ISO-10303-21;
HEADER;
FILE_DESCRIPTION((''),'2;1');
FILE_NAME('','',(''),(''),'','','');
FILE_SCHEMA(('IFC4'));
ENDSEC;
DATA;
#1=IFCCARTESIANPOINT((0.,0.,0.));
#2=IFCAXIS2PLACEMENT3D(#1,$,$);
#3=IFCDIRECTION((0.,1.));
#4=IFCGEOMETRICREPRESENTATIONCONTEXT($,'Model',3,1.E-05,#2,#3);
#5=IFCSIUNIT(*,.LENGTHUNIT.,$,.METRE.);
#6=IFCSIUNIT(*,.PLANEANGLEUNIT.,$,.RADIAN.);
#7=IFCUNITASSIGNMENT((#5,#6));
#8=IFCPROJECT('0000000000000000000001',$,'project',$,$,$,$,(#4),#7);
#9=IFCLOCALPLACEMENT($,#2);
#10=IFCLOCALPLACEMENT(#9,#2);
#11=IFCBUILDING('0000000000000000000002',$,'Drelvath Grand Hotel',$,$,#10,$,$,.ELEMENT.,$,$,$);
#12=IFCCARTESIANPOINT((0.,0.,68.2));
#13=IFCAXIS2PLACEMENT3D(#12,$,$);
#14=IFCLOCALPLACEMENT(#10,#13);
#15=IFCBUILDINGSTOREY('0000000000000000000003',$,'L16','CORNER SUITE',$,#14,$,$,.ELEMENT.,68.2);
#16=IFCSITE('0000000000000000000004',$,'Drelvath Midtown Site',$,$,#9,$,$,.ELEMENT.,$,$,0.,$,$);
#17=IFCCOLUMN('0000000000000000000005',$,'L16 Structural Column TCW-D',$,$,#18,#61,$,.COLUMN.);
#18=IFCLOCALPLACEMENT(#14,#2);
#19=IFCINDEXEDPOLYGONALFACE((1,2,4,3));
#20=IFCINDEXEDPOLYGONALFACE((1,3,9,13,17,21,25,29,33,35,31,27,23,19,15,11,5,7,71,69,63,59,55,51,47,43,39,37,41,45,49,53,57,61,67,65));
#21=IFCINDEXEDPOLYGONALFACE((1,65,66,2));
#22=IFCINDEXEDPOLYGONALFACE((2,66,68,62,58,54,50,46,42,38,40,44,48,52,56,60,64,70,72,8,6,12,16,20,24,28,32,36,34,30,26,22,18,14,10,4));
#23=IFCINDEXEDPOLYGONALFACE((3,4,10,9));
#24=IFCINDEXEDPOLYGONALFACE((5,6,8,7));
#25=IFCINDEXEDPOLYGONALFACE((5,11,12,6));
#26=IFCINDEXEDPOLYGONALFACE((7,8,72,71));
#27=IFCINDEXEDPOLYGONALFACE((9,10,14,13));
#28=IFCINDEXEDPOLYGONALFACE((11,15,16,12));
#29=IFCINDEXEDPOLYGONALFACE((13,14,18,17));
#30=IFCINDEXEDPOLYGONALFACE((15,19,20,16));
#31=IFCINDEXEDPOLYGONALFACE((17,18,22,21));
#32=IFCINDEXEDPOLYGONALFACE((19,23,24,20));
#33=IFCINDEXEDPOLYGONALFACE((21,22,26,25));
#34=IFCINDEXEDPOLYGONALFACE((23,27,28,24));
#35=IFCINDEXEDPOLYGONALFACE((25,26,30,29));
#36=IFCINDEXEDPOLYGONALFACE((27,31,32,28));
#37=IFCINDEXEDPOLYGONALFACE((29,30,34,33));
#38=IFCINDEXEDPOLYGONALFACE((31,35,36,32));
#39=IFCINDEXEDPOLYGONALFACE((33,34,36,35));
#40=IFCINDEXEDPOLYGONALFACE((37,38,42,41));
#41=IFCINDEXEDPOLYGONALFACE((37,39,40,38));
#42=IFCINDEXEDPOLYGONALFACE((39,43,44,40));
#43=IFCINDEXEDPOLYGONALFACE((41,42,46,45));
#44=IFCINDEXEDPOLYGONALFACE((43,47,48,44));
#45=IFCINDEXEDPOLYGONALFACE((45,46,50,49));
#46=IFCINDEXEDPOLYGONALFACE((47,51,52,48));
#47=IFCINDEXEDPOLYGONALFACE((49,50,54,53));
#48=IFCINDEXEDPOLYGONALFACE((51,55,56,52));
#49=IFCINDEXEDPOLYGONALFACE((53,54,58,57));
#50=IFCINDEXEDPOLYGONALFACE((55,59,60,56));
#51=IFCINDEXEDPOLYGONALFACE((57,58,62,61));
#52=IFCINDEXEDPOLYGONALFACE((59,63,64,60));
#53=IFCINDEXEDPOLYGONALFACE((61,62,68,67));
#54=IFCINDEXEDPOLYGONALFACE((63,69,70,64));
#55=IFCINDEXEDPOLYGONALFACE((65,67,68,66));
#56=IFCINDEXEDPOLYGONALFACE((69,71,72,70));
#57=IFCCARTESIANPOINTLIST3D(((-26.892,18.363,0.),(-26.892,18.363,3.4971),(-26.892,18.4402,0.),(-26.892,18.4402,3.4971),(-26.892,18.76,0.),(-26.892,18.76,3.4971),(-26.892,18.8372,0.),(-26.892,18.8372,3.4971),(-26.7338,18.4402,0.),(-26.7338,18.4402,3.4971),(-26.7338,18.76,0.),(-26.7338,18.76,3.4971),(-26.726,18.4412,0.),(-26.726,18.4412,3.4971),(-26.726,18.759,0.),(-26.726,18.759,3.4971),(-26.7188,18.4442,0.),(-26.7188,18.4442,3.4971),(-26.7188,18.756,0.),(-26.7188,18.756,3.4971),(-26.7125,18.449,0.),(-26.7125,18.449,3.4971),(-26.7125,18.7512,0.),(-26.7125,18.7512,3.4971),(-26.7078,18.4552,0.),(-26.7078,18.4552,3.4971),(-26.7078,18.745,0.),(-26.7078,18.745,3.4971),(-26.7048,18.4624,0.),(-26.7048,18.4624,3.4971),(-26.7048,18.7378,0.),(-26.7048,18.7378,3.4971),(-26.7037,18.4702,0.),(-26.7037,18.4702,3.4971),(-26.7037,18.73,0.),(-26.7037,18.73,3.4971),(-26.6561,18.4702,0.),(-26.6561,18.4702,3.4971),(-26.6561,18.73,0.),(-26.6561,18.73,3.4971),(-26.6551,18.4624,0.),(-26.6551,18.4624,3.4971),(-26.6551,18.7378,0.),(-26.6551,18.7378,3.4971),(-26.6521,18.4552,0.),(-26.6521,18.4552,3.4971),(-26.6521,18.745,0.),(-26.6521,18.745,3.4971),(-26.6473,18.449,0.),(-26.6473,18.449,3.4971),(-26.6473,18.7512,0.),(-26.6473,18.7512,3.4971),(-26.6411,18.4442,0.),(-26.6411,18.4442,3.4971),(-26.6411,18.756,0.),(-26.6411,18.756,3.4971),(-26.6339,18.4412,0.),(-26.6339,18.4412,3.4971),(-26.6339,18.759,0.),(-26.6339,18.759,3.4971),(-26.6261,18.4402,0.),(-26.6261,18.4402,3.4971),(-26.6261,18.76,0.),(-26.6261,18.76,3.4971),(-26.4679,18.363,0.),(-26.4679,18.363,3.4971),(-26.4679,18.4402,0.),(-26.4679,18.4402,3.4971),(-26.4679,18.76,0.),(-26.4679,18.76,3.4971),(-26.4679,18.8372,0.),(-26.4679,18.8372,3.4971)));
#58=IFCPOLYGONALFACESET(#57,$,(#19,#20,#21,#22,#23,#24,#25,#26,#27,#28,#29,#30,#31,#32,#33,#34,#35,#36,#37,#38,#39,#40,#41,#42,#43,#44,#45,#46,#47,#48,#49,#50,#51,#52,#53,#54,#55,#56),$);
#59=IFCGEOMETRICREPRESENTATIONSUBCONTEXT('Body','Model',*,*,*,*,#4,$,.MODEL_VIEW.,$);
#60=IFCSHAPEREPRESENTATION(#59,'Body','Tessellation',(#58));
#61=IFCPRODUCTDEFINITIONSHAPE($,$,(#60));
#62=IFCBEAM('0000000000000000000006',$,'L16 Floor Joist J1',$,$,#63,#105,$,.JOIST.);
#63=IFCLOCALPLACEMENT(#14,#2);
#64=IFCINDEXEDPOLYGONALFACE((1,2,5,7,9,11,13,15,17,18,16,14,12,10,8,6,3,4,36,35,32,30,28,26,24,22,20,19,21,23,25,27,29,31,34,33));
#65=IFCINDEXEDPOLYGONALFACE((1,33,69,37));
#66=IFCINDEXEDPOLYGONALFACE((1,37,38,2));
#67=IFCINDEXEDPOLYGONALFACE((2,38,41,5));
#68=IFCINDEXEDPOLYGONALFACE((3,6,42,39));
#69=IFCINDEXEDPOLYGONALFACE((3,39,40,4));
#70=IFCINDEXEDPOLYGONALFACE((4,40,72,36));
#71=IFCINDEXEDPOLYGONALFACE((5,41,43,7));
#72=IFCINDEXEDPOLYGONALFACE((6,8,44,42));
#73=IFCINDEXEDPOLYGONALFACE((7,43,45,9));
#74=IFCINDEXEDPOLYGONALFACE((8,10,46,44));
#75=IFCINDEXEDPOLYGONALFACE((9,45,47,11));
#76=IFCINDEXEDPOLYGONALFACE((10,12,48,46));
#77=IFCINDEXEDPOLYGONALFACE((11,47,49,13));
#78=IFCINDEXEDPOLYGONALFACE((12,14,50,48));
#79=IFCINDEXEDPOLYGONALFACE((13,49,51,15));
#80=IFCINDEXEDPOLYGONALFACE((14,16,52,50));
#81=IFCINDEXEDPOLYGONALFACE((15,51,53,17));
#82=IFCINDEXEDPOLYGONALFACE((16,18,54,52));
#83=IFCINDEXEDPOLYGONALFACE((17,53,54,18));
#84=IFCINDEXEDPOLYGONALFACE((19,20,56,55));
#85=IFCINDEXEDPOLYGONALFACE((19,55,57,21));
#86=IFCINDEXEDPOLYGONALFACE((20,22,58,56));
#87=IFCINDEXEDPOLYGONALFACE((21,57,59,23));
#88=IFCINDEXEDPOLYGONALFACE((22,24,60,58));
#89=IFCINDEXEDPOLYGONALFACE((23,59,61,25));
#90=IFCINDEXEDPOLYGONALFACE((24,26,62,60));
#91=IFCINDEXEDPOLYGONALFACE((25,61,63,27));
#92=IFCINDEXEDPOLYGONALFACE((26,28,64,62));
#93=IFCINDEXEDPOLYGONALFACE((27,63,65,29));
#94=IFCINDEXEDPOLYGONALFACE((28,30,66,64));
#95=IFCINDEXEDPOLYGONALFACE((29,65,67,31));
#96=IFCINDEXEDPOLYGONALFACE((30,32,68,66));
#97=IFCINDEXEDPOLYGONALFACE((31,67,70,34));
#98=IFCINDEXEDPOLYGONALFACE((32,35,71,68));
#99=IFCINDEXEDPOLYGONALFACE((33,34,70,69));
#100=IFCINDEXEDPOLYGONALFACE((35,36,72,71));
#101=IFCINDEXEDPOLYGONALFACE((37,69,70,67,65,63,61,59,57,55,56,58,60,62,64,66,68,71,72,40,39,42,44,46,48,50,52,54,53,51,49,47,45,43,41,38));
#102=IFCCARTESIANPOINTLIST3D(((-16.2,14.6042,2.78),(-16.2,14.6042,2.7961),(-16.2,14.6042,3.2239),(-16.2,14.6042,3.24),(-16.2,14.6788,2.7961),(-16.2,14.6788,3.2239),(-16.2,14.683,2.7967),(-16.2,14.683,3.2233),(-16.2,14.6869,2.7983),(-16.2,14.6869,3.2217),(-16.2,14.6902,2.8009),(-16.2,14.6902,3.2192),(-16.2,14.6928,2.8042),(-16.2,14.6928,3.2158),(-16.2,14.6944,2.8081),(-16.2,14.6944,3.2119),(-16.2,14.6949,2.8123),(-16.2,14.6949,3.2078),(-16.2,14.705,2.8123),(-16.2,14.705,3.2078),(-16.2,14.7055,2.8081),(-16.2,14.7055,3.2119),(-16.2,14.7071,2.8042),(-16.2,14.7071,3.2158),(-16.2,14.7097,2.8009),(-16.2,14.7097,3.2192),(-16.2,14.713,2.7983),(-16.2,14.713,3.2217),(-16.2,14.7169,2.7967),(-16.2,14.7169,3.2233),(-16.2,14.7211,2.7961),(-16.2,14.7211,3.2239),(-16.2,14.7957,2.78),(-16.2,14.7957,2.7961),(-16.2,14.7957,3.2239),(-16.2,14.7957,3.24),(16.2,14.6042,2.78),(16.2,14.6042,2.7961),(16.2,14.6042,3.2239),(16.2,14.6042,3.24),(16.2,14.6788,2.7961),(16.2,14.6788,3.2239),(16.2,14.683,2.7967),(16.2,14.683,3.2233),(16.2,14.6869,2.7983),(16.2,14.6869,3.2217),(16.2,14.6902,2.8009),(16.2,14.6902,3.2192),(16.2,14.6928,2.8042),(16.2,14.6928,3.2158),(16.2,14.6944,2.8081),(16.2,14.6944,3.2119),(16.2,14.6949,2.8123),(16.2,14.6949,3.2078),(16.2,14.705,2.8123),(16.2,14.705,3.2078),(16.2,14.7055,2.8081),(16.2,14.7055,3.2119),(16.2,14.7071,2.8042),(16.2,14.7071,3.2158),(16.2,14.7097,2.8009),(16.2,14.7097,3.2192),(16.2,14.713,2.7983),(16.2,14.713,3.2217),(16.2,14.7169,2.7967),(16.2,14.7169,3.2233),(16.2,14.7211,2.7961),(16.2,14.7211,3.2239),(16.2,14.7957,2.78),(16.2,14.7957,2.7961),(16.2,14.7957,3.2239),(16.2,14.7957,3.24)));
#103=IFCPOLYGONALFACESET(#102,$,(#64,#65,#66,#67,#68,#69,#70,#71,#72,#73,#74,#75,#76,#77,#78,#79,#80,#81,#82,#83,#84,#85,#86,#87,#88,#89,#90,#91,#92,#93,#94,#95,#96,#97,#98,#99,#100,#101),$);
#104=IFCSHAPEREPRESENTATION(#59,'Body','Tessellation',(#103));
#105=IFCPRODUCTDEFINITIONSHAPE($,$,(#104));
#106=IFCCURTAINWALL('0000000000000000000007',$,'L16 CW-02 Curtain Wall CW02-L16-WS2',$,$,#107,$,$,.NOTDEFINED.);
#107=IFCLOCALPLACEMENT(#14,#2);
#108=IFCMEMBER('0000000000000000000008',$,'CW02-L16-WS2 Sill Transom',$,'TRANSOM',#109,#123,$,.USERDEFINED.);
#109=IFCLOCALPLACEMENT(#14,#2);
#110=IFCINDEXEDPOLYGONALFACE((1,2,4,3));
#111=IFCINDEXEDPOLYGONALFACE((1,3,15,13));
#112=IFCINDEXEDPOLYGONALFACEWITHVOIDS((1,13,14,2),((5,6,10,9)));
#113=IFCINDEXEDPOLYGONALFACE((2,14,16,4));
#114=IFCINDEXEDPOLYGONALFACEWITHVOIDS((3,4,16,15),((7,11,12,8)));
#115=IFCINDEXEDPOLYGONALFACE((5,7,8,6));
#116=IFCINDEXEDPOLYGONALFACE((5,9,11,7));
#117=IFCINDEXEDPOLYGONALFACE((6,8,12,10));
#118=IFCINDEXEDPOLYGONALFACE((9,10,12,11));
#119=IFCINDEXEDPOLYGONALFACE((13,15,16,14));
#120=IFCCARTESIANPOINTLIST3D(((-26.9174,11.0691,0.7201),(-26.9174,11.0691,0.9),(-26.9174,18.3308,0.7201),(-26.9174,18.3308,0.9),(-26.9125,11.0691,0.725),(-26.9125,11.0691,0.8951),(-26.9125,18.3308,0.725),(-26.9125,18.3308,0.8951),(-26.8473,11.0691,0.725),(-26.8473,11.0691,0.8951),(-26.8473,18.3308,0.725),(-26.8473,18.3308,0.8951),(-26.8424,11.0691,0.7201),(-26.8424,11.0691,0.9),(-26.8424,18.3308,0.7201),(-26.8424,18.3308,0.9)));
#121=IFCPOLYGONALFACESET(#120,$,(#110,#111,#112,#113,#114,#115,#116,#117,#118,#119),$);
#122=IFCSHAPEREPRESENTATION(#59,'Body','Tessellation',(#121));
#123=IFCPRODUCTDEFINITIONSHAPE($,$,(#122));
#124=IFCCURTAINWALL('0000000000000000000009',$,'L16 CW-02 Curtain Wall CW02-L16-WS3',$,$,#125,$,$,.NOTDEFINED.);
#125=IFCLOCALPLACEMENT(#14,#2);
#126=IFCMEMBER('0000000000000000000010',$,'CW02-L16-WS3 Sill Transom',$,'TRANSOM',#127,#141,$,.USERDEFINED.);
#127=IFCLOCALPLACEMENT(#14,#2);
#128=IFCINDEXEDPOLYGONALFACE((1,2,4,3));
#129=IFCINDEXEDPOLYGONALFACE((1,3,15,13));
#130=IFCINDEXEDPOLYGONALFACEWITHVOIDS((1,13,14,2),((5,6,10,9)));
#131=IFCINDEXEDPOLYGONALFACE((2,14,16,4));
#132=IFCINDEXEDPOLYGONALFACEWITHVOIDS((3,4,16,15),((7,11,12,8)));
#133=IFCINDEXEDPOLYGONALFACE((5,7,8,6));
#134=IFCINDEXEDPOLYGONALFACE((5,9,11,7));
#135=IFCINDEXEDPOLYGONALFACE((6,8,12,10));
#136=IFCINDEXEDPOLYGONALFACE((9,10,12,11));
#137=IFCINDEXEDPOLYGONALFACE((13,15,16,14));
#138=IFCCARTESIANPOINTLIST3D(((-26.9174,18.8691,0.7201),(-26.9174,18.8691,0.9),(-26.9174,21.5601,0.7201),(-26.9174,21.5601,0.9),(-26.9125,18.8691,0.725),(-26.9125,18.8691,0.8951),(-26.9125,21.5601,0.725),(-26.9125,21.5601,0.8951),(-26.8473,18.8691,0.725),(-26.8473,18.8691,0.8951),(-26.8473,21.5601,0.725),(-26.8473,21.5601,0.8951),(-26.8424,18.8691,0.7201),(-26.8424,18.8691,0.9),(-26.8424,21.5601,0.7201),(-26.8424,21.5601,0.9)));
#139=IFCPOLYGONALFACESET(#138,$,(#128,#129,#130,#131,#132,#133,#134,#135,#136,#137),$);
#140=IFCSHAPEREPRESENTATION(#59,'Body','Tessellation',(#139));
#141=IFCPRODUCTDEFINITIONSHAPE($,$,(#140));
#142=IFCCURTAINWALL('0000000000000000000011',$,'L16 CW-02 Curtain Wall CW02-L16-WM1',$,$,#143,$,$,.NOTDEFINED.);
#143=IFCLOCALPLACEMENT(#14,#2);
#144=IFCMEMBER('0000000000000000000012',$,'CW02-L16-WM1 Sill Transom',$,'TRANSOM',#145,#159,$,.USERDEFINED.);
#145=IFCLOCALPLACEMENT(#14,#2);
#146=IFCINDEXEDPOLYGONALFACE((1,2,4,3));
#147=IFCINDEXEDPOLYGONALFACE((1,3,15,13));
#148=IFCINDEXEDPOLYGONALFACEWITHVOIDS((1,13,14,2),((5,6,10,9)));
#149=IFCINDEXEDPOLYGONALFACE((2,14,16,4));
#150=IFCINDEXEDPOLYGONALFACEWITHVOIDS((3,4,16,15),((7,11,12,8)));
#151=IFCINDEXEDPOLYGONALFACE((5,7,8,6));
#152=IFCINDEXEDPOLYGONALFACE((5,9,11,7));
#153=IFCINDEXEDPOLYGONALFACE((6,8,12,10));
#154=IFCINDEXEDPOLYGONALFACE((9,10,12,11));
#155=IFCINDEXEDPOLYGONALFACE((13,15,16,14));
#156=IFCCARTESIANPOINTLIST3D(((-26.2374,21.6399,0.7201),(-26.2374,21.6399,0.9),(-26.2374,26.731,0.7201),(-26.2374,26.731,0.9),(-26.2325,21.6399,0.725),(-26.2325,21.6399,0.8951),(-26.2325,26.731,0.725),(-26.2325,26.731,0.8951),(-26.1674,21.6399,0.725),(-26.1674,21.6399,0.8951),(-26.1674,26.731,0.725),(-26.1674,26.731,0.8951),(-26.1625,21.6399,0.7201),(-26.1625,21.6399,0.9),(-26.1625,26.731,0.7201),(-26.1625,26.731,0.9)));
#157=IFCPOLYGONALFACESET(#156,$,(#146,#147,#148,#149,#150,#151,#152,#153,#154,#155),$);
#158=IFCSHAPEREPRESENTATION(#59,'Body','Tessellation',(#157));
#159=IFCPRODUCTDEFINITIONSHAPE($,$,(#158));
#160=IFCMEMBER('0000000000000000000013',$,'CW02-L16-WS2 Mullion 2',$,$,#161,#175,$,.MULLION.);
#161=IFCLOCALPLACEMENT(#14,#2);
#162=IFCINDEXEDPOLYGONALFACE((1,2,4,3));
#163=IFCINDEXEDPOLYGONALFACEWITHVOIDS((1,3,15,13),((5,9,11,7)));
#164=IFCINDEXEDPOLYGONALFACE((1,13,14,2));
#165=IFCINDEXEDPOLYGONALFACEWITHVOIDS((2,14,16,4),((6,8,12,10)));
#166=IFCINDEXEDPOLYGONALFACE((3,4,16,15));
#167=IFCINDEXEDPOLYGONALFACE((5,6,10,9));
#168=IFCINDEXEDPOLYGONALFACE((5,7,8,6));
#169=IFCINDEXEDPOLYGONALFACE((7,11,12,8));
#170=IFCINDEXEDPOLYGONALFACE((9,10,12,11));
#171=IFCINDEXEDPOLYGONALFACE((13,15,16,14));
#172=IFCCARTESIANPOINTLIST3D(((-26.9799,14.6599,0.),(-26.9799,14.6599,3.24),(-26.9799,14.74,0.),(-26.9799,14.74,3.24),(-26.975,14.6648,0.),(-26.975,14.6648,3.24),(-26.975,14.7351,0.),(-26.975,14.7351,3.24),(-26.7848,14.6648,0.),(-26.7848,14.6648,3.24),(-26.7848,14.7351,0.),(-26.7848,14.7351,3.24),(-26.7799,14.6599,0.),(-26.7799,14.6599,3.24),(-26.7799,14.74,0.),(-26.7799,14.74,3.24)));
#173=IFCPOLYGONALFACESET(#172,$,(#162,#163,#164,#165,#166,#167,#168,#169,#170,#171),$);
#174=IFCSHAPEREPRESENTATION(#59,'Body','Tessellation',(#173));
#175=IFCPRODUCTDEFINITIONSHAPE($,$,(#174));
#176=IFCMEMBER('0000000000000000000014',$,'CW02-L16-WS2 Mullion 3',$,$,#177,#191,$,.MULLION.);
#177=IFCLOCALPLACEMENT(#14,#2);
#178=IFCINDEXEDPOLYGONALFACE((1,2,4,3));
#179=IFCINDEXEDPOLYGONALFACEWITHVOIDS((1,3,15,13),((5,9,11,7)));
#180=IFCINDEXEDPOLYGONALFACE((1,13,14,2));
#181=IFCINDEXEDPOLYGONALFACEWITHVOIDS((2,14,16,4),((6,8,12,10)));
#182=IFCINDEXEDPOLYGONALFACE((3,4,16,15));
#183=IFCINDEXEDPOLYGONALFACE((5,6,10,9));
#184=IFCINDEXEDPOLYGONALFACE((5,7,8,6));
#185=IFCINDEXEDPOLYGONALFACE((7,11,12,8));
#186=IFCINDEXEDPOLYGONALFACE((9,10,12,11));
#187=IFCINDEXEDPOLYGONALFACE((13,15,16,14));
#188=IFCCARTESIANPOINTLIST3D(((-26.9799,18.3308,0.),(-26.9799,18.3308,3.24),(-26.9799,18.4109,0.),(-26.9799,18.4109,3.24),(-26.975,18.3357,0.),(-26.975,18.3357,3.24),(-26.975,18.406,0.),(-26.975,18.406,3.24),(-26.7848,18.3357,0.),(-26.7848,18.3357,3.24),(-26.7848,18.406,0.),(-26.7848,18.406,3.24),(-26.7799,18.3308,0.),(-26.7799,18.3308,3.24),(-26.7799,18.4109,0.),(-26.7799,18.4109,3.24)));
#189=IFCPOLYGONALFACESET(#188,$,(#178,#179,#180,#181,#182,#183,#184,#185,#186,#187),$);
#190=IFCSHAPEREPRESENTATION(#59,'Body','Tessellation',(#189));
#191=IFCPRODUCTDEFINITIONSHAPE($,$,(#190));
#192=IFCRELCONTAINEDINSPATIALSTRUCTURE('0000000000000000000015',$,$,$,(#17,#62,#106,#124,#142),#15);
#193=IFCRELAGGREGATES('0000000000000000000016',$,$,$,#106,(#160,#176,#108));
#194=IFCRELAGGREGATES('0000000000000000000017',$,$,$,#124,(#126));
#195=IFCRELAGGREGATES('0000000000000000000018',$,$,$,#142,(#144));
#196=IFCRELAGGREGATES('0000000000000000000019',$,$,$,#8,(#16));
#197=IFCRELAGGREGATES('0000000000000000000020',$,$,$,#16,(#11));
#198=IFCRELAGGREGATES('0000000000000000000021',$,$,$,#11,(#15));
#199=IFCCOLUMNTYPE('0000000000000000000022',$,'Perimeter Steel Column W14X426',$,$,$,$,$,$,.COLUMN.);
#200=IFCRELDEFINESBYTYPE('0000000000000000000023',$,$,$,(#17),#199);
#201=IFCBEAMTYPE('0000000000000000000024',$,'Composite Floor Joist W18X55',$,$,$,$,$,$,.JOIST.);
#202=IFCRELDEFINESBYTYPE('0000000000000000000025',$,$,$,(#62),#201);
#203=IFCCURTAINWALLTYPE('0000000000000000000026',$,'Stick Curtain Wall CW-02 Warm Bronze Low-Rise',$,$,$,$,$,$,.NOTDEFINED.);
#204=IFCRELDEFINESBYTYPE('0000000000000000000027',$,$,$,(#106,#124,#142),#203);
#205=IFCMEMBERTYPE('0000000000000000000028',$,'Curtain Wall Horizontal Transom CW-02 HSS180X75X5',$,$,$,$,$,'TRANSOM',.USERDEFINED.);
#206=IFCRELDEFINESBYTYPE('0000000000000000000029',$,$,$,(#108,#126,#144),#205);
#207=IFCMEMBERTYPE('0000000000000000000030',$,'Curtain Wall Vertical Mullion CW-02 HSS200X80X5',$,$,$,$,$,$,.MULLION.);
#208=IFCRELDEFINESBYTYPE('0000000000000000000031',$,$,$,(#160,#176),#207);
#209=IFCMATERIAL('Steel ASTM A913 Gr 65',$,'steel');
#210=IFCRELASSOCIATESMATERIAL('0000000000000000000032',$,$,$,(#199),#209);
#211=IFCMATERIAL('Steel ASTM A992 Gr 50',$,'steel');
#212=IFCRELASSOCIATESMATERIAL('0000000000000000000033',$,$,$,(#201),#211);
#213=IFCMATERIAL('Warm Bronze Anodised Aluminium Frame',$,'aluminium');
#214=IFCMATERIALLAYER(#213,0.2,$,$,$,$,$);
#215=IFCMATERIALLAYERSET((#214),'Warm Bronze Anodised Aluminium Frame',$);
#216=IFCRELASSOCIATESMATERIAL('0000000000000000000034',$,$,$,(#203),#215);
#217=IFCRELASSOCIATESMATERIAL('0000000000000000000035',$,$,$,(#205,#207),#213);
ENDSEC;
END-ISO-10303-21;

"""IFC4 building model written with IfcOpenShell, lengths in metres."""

from ifc_helpers import new_model, si_unit, direction, frame, origin, origin_2d, place, context, subcontext, project, spatial, hollow_rectangle, i_section, extrude, material, layer, layer_set, material_profile, profile_set, type_object, element, aggregate, save


model = new_model("IFC4")

# Units and contexts
model_context = context("Model", 3, precision=1e-05, world=origin(), true_north=direction((0.0, 1.0)))
body_context = subcontext(model_context, "Body", "Model", "MODEL_VIEW")
ifc_project = project(units=[si_unit("LENGTHUNIT", "METRE"), si_unit("PLANEANGLEUNIT", "RADIAN")], contexts=[model_context])

# Site, building, storey
site_placement = place(None, origin())
site = spatial("IfcSite", under=ifc_project, at=site_placement, Name="Drelvath Midtown Site", CompositionType="ELEMENT", RefElevation=0.0)
building_placement = place(site_placement, origin())
building = spatial("IfcBuilding", under=site, at=building_placement, Name="Drelvath Grand Hotel", CompositionType="ELEMENT")
storey_placement = place(building_placement, frame((0.0, 0.0, 68.2)))
storey = spatial("IfcBuildingStorey", under=building, at=storey_placement, Name="L16", Description="CORNER SUITE", CompositionType="ELEMENT", Elevation=68.2)

# Column
ifc_material_1 = material(Name="Steel ASTM A913 Gr 65", Category="steel")
ifc_material_profile_1 = material_profile(ifc_material_1, i_section(OverallWidth=0.4241, OverallDepth=0.4741, WebThickness=0.0476, FlangeThickness=0.0771, FilletRadius=0.03, at=origin_2d()), Name="W14X426")
ifc_profile_set_1 = profile_set([ifc_material_profile_1], Name="Steel ASTM A913 Gr 65")
column_type = type_object("IfcColumnType", Name="Perimeter Steel Column W14X426", PredefinedType="COLUMN", material=ifc_profile_set_1)
column_placement = place(storey_placement, frame((-26.6799, 18.6001, 0.0), z_axis=(0.0, 0.0, 1.0), x_axis=(1.0, 0.0, 0.0)))
element("IfcColumn", 1, at=column_placement, inside=storey, type_object=column_type, Name="L16 Structural Column TCW-D", PredefinedType="COLUMN", context=body_context, shape_type="SweptSolid", body=[
    extrude(i_section(OverallWidth=0.4241, OverallDepth=0.4741, WebThickness=0.0476, FlangeThickness=0.0771, FilletRadius=0.03, at=origin_2d()), origin(), (0.0, 0.0, 1.0), 3.4971),
])

# Beam
ifc_material_2 = material(Name="Steel ASTM A992 Gr 50", Category="steel")
ifc_material_profile_2 = material_profile(ifc_material_2, i_section(OverallWidth=0.1914, OverallDepth=0.46, WebThickness=0.01, FlangeThickness=0.0161, FilletRadius=0.0161, at=origin_2d()), Name="W18X55")
ifc_profile_set_2 = profile_set([ifc_material_profile_2], Name="Steel ASTM A992 Gr 50")
beam_type_1 = type_object("IfcBeamType", Name="Composite Floor Joist W18X55", PredefinedType="JOIST", material=ifc_profile_set_2)
beam_1_placement = place(storey_placement, frame((-16.2, 14.7, 3.01), z_axis=(1.0, 0.0, 0.0), x_axis=(0.0, 1.0, 0.0)))
element("IfcBeam", 2, at=beam_1_placement, inside=storey, type_object=beam_type_1, Name="L16 Floor Joist J1", PredefinedType="JOIST", context=body_context, shape_type="SweptSolid", body=[
    extrude(i_section(OverallWidth=0.1914, OverallDepth=0.46, WebThickness=0.01, FlangeThickness=0.0161, FilletRadius=0.0161, at=origin_2d()), origin(), (0.0, 0.0, 1.0), 32.3999),
])

# Curtain walls, members
ifc_material_3 = material(Name="Warm Bronze Anodised Aluminium Frame", Category="aluminium")
ifc_layer_1 = layer(ifc_material_3, 0.2)
ifc_layer_set_1 = layer_set([ifc_layer_1], Name="Warm Bronze Anodised Aluminium Frame")
curtain_wall_type = type_object("IfcCurtainWallType", Name="Stick Curtain Wall CW-02 Warm Bronze Low-Rise", PredefinedType="NOTDEFINED", material=ifc_layer_set_1)
curtain_wall_1_placement = place(storey_placement, origin())
curtain_wall_1 = element("IfcCurtainWall", 3, at=curtain_wall_1_placement, inside=storey, type_object=curtain_wall_type, Name="L16 CW-02 Curtain Wall CW02-L16-WS2", PredefinedType="NOTDEFINED")
ifc_material_profile_3 = material_profile(ifc_material_3, hollow_rectangle(XDim=0.075, YDim=0.1799, WallThickness=0.0049, at=origin_2d()), Name="HSS180X75X5")
ifc_profile_set_3 = profile_set([ifc_material_profile_3], Name="Warm Bronze Anodised Aluminium Frame")
member_type_1 = type_object("IfcMemberType", Name="Curtain Wall Horizontal Transom CW-02 HSS180X75X5", ElementType="TRANSOM", PredefinedType="USERDEFINED", material=ifc_profile_set_3)
member_1_placement = place(storey_placement, frame((-26.8799, 11.0691, 0.8101), z_axis=(0.0, 1.0, 0.0), x_axis=(-1.0, 0.0, 0.0)))
member_1 = element("IfcMember", 4, at=member_1_placement, type_object=member_type_1, Name="CW02-L16-WS2 Sill Transom", ObjectType="TRANSOM", PredefinedType="USERDEFINED", context=body_context, shape_type="SweptSolid", body=[
    extrude(hollow_rectangle(XDim=0.075, YDim=0.1799, WallThickness=0.0049, at=origin_2d()), origin(), (0.0, 0.0, 1.0), 7.2617),
])
curtain_wall_2_placement = place(storey_placement, origin())
curtain_wall_2 = element("IfcCurtainWall", 5, at=curtain_wall_2_placement, inside=storey, type_object=curtain_wall_type, Name="L16 CW-02 Curtain Wall CW02-L16-WS3", PredefinedType="NOTDEFINED")
member_2_placement = place(storey_placement, frame((-26.8799, 18.8691, 0.8101), z_axis=(0.0, 1.0, 0.0), x_axis=(-1.0, 0.0, 0.0)))
member_2 = element("IfcMember", 6, at=member_2_placement, type_object=member_type_1, Name="CW02-L16-WS3 Sill Transom", ObjectType="TRANSOM", PredefinedType="USERDEFINED", context=body_context, shape_type="SweptSolid", body=[
    extrude(hollow_rectangle(XDim=0.075, YDim=0.1799, WallThickness=0.0049, at=origin_2d()), origin(), (0.0, 0.0, 1.0), 2.6909),
])
curtain_wall_3_placement = place(storey_placement, origin())
curtain_wall_3 = element("IfcCurtainWall", 7, at=curtain_wall_3_placement, inside=storey, type_object=curtain_wall_type, Name="L16 CW-02 Curtain Wall CW02-L16-WM1", PredefinedType="NOTDEFINED")
member_3_placement = place(storey_placement, frame((-26.2, 21.6399, 0.8101), z_axis=(0.0, 1.0, 0.0), x_axis=(-1.0, 0.0, 0.0)))
member_3 = element("IfcMember", 8, at=member_3_placement, type_object=member_type_1, Name="CW02-L16-WM1 Sill Transom", ObjectType="TRANSOM", PredefinedType="USERDEFINED", context=body_context, shape_type="SweptSolid", body=[
    extrude(hollow_rectangle(XDim=0.075, YDim=0.1799, WallThickness=0.0049, at=origin_2d()), origin(), (0.0, 0.0, 1.0), 5.0911),
])

# Members
ifc_material_profile_4 = material_profile(ifc_material_3, hollow_rectangle(XDim=0.0801, YDim=0.2, WallThickness=0.0049, at=origin_2d()), Name="HSS200X80X5")
ifc_profile_set_4 = profile_set([ifc_material_profile_4], Name="Warm Bronze Anodised Aluminium Frame")
member_type_2 = type_object("IfcMemberType", Name="Curtain Wall Vertical Mullion CW-02 HSS200X80X5", PredefinedType="MULLION", material=ifc_profile_set_4)
member_4_placement = place(storey_placement, frame((-26.8799, 14.7, 0.0), z_axis=(0.0, 0.0, 1.0), x_axis=(0.0, 1.0, 0.0)))
member_4 = element("IfcMember", 9, at=member_4_placement, type_object=member_type_2, Name="CW02-L16-WS2 Mullion 2", PredefinedType="MULLION", context=body_context, shape_type="SweptSolid", body=[
    extrude(hollow_rectangle(XDim=0.0801, YDim=0.2, WallThickness=0.0049, at=origin_2d()), origin(), (0.0, 0.0, 1.0), 3.24),
])
member_5_placement = place(storey_placement, frame((-26.8799, 18.3708, 0.0), z_axis=(0.0, 0.0, 1.0), x_axis=(0.0, 1.0, 0.0)))
member_5 = element("IfcMember", 10, at=member_5_placement, type_object=member_type_2, Name="CW02-L16-WS2 Mullion 3", PredefinedType="MULLION", context=body_context, shape_type="SweptSolid", body=[
    extrude(hollow_rectangle(XDim=0.0801, YDim=0.2, WallThickness=0.0049, at=origin_2d()), origin(), (0.0, 0.0, 1.0), 3.24),
])

aggregate(curtain_wall_1, [member_4, member_5, member_1])
aggregate(curtain_wall_2, [member_2])
aggregate(curtain_wall_3, [member_3])

save(model, "model.ifc")
